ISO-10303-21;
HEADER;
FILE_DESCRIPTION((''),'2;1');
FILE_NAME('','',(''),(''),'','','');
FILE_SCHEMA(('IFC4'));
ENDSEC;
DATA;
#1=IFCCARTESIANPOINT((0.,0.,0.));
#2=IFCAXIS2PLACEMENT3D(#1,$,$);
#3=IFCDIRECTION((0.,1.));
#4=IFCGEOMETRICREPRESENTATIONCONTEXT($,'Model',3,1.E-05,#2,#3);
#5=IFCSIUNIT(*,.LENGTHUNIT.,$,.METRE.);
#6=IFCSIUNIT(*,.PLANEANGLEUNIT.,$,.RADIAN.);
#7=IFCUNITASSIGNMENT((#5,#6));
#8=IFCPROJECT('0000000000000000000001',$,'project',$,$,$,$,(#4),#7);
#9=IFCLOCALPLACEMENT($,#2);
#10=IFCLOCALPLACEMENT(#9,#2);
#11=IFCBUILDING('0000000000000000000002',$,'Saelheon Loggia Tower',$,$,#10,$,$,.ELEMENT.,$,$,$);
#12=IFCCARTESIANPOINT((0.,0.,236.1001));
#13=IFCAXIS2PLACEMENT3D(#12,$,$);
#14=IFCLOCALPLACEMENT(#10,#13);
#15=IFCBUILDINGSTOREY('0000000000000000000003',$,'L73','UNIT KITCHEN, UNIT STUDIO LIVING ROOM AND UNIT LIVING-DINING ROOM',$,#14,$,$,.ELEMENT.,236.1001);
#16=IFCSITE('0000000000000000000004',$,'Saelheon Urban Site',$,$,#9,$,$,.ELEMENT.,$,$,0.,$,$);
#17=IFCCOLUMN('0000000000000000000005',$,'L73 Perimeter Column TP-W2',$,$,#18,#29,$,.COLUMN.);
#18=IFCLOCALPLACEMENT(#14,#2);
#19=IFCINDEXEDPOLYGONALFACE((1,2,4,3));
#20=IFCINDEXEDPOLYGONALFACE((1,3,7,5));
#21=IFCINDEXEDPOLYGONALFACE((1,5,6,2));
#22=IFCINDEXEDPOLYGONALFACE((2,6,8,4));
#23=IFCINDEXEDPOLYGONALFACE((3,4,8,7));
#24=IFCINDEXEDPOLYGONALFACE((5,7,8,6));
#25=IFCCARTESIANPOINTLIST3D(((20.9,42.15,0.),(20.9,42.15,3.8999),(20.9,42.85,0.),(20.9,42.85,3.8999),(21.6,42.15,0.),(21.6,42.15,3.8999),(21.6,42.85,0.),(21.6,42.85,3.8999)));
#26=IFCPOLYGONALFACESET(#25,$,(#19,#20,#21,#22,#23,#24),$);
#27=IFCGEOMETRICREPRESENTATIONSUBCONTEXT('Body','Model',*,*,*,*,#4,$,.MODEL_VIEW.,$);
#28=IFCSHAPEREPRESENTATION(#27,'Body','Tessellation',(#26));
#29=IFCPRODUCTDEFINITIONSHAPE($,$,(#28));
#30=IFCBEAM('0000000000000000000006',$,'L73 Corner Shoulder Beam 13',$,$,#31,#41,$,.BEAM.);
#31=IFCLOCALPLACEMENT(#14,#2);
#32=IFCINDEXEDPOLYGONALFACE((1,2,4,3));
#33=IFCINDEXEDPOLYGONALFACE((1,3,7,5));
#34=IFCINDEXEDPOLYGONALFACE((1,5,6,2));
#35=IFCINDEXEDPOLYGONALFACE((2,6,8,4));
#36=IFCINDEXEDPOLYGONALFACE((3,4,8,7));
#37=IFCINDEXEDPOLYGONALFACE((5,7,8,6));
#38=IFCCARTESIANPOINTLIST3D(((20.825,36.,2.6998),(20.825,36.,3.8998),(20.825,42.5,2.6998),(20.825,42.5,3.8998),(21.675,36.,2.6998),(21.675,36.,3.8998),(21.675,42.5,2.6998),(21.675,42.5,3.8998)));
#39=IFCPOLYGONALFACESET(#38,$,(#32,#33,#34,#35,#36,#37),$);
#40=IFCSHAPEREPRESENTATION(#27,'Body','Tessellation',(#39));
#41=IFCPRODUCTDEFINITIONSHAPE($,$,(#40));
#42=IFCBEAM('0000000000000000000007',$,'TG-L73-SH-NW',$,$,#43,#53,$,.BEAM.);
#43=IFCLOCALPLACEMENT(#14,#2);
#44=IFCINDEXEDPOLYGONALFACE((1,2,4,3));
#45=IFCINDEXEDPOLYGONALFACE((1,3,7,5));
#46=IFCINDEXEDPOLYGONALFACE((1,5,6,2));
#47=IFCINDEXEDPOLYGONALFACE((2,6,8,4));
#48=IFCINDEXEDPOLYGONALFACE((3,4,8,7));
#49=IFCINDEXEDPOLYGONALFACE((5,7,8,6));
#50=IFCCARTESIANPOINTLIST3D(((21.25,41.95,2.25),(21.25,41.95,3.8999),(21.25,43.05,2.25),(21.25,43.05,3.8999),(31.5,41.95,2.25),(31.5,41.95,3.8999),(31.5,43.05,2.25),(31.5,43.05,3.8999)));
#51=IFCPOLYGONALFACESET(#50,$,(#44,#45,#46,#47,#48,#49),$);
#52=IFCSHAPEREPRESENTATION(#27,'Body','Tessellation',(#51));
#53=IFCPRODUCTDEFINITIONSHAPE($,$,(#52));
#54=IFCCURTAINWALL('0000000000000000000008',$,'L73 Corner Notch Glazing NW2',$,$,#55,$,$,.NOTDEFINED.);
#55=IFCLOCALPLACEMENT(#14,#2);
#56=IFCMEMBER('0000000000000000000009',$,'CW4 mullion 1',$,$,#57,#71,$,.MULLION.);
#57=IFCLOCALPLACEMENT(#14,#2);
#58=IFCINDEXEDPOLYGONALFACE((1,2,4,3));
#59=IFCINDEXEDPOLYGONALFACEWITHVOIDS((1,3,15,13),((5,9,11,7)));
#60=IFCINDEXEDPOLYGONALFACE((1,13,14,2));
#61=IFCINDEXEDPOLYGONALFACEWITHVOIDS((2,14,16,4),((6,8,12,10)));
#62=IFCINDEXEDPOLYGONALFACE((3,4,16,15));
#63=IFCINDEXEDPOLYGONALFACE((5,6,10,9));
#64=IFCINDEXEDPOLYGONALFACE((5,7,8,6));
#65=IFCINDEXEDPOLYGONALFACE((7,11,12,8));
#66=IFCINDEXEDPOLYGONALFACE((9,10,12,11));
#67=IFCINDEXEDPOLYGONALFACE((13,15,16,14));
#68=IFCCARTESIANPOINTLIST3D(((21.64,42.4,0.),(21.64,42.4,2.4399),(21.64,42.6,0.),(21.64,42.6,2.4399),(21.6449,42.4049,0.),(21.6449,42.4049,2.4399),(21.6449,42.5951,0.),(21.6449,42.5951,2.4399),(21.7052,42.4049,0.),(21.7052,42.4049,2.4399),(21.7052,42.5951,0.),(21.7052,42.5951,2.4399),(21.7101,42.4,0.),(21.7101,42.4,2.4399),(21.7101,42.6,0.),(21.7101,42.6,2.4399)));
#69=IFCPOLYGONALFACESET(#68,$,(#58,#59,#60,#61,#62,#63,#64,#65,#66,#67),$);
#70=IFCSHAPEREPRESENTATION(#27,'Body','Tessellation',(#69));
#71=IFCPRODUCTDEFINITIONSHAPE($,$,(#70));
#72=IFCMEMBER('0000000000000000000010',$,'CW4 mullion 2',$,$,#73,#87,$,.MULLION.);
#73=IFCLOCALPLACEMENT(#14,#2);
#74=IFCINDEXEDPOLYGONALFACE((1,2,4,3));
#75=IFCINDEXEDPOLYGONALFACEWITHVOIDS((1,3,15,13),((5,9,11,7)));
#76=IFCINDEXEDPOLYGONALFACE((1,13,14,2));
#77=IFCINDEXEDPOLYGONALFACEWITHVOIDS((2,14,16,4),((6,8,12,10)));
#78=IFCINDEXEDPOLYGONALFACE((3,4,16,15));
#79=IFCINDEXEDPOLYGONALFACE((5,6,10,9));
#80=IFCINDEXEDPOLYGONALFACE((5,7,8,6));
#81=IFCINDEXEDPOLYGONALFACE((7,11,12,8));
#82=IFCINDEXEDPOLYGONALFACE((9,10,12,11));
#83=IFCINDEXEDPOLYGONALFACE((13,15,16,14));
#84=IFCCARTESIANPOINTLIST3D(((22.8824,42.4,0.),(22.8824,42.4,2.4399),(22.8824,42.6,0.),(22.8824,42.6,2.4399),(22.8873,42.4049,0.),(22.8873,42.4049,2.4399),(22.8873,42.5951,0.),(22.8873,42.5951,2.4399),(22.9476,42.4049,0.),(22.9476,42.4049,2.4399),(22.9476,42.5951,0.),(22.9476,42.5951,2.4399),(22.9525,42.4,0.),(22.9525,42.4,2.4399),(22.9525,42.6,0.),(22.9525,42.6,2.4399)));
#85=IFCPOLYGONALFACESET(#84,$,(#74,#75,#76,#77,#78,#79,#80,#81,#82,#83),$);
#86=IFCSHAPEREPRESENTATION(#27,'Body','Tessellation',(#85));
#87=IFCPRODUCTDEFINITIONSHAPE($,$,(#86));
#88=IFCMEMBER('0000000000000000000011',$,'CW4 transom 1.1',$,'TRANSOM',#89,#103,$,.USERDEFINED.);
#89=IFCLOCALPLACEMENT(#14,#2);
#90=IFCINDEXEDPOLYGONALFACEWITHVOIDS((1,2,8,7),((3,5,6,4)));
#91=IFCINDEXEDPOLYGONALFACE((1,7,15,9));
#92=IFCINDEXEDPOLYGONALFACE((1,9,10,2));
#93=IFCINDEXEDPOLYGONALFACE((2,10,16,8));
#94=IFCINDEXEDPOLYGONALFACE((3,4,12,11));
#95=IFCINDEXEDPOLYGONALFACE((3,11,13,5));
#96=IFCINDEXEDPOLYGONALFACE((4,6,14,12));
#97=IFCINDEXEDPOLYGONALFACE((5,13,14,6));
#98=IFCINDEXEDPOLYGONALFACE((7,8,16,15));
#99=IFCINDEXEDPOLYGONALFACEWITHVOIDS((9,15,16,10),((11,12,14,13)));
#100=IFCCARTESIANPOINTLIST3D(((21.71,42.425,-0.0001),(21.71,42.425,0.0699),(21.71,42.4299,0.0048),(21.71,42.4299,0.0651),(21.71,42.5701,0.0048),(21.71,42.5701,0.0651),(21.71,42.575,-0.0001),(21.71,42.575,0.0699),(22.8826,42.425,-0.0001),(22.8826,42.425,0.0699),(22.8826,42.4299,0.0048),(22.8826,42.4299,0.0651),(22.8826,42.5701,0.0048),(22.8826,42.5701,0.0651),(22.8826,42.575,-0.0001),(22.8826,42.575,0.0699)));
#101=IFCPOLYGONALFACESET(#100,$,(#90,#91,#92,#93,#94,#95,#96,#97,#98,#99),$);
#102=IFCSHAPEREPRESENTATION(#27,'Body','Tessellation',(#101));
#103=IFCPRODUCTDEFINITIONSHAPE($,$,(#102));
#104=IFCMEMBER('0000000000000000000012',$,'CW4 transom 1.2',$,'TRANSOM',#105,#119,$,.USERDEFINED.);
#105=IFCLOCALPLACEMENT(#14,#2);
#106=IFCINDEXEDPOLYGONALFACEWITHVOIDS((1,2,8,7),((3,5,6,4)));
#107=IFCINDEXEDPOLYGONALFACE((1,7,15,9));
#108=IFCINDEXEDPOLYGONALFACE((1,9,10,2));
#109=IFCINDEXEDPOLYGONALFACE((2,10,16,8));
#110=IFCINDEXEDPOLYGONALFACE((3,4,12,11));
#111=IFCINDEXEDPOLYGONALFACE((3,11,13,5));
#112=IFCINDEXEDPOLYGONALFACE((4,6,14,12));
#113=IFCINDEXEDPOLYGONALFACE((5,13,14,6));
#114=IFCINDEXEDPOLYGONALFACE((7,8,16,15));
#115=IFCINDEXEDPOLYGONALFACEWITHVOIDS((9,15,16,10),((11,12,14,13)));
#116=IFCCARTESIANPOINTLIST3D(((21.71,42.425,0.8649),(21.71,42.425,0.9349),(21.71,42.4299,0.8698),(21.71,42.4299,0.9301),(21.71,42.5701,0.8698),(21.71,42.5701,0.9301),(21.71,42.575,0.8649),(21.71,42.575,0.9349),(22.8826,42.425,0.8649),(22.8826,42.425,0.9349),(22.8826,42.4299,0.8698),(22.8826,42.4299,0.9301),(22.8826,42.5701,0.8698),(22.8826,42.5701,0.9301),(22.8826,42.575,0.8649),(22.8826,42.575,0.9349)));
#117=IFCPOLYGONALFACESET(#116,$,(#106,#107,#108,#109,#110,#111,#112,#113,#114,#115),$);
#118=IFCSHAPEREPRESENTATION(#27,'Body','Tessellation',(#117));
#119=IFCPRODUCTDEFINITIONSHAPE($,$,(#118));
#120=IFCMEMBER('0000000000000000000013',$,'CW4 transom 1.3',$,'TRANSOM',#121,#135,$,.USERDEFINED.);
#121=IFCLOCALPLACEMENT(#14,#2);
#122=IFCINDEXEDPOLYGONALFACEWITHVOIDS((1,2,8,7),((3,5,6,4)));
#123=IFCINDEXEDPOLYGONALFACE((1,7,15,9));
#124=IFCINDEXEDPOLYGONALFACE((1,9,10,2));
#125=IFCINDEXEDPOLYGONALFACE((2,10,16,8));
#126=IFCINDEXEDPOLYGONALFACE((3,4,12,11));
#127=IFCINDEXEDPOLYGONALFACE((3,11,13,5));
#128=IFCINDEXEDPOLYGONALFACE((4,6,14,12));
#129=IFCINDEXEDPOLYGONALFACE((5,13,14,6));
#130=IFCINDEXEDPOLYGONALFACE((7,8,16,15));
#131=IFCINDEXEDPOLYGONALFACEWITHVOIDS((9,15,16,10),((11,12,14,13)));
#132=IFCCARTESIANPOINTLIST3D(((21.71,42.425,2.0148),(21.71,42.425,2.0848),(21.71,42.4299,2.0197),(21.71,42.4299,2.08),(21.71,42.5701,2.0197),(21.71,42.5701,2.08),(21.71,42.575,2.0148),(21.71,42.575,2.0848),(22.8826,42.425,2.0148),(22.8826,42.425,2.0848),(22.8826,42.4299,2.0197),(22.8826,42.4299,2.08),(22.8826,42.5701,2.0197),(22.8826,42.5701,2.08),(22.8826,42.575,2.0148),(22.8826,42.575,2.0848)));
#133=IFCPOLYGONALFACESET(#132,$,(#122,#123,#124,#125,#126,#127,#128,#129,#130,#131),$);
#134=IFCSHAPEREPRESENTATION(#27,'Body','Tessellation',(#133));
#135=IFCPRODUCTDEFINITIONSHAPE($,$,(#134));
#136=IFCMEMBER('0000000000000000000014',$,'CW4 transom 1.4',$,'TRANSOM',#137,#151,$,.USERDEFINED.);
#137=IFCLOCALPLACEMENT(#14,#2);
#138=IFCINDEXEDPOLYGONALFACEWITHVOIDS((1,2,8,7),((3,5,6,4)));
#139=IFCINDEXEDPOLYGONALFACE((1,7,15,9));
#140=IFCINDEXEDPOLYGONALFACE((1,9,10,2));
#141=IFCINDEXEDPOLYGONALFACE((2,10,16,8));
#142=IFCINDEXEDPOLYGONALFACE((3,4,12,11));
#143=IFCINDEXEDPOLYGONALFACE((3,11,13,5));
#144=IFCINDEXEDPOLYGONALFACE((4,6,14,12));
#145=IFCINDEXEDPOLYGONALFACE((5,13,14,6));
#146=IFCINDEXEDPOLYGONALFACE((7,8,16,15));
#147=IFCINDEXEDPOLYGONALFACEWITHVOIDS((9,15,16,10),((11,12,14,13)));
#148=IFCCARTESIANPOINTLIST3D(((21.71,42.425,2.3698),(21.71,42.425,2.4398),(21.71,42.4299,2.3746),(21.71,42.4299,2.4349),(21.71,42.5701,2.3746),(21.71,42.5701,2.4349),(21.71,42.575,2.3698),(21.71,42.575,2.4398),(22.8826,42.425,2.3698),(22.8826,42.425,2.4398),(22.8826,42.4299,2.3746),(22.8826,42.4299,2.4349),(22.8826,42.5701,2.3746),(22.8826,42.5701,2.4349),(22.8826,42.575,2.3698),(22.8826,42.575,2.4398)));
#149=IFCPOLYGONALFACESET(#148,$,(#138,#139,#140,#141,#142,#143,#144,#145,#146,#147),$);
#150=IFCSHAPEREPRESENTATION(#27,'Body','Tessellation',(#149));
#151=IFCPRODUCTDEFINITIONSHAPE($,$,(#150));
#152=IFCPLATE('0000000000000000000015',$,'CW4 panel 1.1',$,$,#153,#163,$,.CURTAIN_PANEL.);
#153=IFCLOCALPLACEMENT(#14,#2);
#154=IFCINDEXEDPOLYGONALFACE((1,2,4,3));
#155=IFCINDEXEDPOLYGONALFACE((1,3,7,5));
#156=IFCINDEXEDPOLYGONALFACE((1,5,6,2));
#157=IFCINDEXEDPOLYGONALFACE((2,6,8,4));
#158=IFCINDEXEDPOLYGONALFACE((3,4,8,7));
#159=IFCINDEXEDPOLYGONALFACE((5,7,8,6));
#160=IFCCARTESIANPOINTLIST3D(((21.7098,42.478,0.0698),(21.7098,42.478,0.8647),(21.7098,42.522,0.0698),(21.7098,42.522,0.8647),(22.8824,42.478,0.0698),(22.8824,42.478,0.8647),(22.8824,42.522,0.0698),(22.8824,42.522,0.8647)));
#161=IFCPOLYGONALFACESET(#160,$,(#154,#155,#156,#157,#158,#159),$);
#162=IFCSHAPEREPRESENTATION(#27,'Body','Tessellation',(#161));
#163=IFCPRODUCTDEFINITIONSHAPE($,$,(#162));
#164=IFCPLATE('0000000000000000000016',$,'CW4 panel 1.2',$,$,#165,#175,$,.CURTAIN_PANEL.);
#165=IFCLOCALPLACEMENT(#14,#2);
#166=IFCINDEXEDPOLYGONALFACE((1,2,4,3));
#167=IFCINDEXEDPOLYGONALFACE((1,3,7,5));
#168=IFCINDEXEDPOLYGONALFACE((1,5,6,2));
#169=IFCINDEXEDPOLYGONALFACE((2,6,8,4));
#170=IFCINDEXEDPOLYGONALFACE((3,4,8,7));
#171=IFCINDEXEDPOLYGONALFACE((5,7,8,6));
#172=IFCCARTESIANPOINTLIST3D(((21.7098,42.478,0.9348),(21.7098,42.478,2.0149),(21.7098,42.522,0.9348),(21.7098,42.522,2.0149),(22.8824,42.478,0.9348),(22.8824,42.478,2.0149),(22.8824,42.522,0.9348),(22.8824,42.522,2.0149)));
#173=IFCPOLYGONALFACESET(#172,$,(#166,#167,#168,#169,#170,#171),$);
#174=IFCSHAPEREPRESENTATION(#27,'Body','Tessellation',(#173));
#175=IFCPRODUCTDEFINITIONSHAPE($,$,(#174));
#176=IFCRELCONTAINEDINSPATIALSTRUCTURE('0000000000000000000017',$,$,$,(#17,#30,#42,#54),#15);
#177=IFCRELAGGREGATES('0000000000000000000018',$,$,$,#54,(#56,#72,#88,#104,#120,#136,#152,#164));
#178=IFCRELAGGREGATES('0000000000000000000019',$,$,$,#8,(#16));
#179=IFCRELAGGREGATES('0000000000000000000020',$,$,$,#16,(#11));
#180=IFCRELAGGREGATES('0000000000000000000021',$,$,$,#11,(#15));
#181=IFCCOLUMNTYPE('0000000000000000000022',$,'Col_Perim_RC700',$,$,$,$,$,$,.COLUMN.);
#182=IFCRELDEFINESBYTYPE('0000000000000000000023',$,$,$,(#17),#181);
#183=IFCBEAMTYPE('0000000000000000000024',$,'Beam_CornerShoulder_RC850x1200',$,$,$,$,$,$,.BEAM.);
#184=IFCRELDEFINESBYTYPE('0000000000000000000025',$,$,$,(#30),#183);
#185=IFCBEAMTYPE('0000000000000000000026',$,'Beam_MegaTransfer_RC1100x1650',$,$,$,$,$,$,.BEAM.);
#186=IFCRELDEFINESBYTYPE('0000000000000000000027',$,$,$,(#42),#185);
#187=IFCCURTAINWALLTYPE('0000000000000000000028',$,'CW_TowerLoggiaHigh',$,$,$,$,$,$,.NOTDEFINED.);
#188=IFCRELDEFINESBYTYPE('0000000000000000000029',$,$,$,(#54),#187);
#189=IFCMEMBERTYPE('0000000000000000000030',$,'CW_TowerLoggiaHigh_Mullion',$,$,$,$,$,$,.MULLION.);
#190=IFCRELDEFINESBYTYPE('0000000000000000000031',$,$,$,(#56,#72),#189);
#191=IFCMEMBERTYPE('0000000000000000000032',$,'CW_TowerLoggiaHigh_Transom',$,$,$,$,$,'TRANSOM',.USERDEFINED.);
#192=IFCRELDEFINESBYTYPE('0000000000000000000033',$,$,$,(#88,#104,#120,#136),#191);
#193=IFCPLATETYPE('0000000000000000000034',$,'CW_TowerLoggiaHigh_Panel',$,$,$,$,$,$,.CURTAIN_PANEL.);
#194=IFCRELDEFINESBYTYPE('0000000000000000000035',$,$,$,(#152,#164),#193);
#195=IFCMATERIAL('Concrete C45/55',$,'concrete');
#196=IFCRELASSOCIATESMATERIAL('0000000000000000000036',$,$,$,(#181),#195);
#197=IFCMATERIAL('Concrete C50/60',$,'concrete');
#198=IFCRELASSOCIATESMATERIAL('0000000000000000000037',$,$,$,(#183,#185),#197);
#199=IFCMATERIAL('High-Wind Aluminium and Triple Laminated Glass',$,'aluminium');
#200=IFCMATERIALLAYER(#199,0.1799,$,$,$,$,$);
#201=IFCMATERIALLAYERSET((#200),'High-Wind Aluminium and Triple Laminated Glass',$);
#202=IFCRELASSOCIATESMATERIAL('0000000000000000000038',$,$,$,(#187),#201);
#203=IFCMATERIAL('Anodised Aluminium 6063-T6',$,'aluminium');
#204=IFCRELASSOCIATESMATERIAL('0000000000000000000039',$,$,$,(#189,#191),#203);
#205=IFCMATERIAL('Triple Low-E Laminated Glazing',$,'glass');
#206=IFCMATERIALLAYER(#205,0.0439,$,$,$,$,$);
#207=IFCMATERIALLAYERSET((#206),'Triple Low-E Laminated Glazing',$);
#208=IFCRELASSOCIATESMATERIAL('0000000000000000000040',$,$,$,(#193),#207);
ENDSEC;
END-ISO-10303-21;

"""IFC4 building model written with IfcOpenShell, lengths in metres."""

from ifc_helpers import new_model, si_unit, direction, frame, origin, origin_2d, place, context, subcontext, project, spatial, rectangle, hollow_rectangle, extrude, source, transform, mapped, material, layer, layer_set, material_profile, profile_set, type_object, element, aggregate, save


model = new_model("IFC4")

# Units and contexts
model_context = context("Model", 3, precision=1e-05, world=origin(), true_north=direction((0.0, 1.0)))
body_context = subcontext(model_context, "Body", "Model", "MODEL_VIEW")
ifc_project = project(units=[si_unit("LENGTHUNIT", "METRE"), si_unit("PLANEANGLEUNIT", "RADIAN")], contexts=[model_context])

# Site, building, storey
site_placement = place(None, origin())
site = spatial("IfcSite", under=ifc_project, at=site_placement, Name="Saelheon Urban Site", CompositionType="ELEMENT", RefElevation=0.0)
building_placement = place(site_placement, origin())
building = spatial("IfcBuilding", under=site, at=building_placement, Name="Saelheon Loggia Tower", CompositionType="ELEMENT")
storey_placement = place(building_placement, frame((0.0, 0.0, 236.1001)))
storey = spatial("IfcBuildingStorey", under=building, at=storey_placement, Name="L73", Description="UNIT KITCHEN, UNIT STUDIO LIVING ROOM AND UNIT LIVING-DINING ROOM", CompositionType="ELEMENT", Elevation=236.1001)

# Column
ifc_material_1 = material(Name="Concrete C45/55", Category="concrete")
ifc_material_profile_1 = material_profile(ifc_material_1, rectangle(XDim=0.7, YDim=0.7, at=origin_2d()), Name="RC-700x700")
ifc_profile_set_1 = profile_set([ifc_material_profile_1], Name="Concrete C45/55")
column_type = type_object("IfcColumnType", Name="Col_Perim_RC700", PredefinedType="COLUMN", material=ifc_profile_set_1)
shared_shape_1 = source(origin(), body_context, "Body", "SweptSolid", [
    extrude(rectangle(XDim=0.7, YDim=0.7, at=origin_2d()), origin(), (0.0, 0.0, 1.0), 3.8999),
])
column_placement = place(storey_placement, frame((21.25, 42.5, 0.0), z_axis=(0.0, 0.0, 1.0), x_axis=(1.0, 0.0, 0.0)))
element("IfcColumn", 1, at=column_placement, inside=storey, type_object=column_type, Name="L73 Perimeter Column TP-W2", PredefinedType="COLUMN", context=body_context, shape_type="MappedRepresentation", body=[
    mapped(shared_shape_1, transform((0.0, 0.0, 0.0), scale=1.0)),
])

# Beams
ifc_material_2 = material(Name="Concrete C50/60", Category="concrete")
ifc_material_profile_2 = material_profile(ifc_material_2, rectangle(XDim=0.8501, YDim=1.2, at=origin_2d()), Name="RC-850x1200")
ifc_profile_set_2 = profile_set([ifc_material_profile_2], Name="Concrete C50/60")
beam_type_1 = type_object("IfcBeamType", Name="Beam_CornerShoulder_RC850x1200", PredefinedType="BEAM", material=ifc_profile_set_2)
shared_shape_2 = source(origin(), body_context, "Body", "SweptSolid", [
    extrude(rectangle(XDim=0.8501, YDim=1.2, at=origin_2d()), origin(), (0.0, 0.0, 1.0), 6.5),
])
beam_1_placement = place(storey_placement, frame((21.25, 42.5, 3.2998), z_axis=(0.0, -1.0, 0.0), x_axis=(1.0, 0.0, 0.0)))
element("IfcBeam", 2, at=beam_1_placement, inside=storey, type_object=beam_type_1, Name="L73 Corner Shoulder Beam 13", PredefinedType="BEAM", context=body_context, shape_type="MappedRepresentation", body=[
    mapped(shared_shape_2, transform((0.0, 0.0, 0.0), scale=1.0)),
])
ifc_material_profile_3 = material_profile(ifc_material_2, rectangle(XDim=1.1001, YDim=1.6499, at=origin_2d()), Name="RC-1100x1650")
ifc_profile_set_3 = profile_set([ifc_material_profile_3], Name="Concrete C50/60")
beam_type_2 = type_object("IfcBeamType", Name="Beam_MegaTransfer_RC1100x1650", PredefinedType="BEAM", material=ifc_profile_set_3)
shared_shape_3 = source(origin(), body_context, "Body", "SweptSolid", [
    extrude(rectangle(XDim=1.1001, YDim=1.6499, at=origin_2d()), origin(), (0.0, 0.0, 1.0), 10.25),
])
beam_2_placement = place(storey_placement, frame((21.25, 42.5, 3.075), z_axis=(1.0, 0.0, 0.0), x_axis=(0.0, 1.0, 0.0)))
element("IfcBeam", 3, at=beam_2_placement, inside=storey, type_object=beam_type_2, Name="TG-L73-SH-NW", PredefinedType="BEAM", context=body_context, shape_type="MappedRepresentation", body=[
    mapped(shared_shape_3, transform((0.0, 0.0, 0.0), scale=1.0)),
])

# Curtain wall, members, plates
ifc_material_3 = material(Name="High-Wind Aluminium and Triple Laminated Glass", Category="aluminium")
ifc_layer_1 = layer(ifc_material_3, 0.1799)
ifc_layer_set_1 = layer_set([ifc_layer_1], Name="High-Wind Aluminium and Triple Laminated Glass")
curtain_wall_type = type_object("IfcCurtainWallType", Name="CW_TowerLoggiaHigh", PredefinedType="NOTDEFINED", material=ifc_layer_set_1)
curtain_wall_placement = place(storey_placement, origin())
curtain_wall = element("IfcCurtainWall", 4, at=curtain_wall_placement, inside=storey, type_object=curtain_wall_type, Name="L73 Corner Notch Glazing NW2", PredefinedType="NOTDEFINED")
ifc_material_4 = material(Name="Anodised Aluminium 6063-T6", Category="aluminium")
ifc_material_profile_4 = material_profile(ifc_material_4, hollow_rectangle(XDim=0.0701, YDim=0.2, WallThickness=0.0049, at=origin_2d()), Name="RHS-200x70x5")
ifc_profile_set_4 = profile_set([ifc_material_profile_4], Name="Anodised Aluminium 6063-T6")
member_type_1 = type_object("IfcMemberType", Name="CW_TowerLoggiaHigh_Mullion", PredefinedType="MULLION", material=ifc_profile_set_4)
shared_shape_4 = source(origin(), body_context, "Body", "SweptSolid", [
    extrude(hollow_rectangle(XDim=0.0701, YDim=0.2, WallThickness=0.0049, at=origin_2d()), origin(), (0.0, 0.0, 1.0), 2.4399),
])
member_1_placement = place(storey_placement, frame((21.675, 42.5, 0.0), z_axis=(0.0, 0.0, 1.0), x_axis=(1.0, 0.0, 0.0)))
member_1 = element("IfcMember", 5, at=member_1_placement, type_object=member_type_1, Name="CW4 mullion 1", PredefinedType="MULLION", context=body_context, shape_type="MappedRepresentation", body=[
    mapped(shared_shape_4, transform((0.0, 0.0, 0.0), scale=1.0)),
])
member_2_placement = place(storey_placement, frame((22.9175, 42.5, 0.0), z_axis=(0.0, 0.0, 1.0), x_axis=(1.0, 0.0, 0.0)))
member_2 = element("IfcMember", 6, at=member_2_placement, type_object=member_type_1, Name="CW4 mullion 2", PredefinedType="MULLION", context=body_context, shape_type="MappedRepresentation", body=[
    mapped(shared_shape_4, transform((0.0, 0.0, 0.0), scale=1.0)),
])
ifc_material_profile_5 = material_profile(ifc_material_4, hollow_rectangle(XDim=0.0701, YDim=0.1499, WallThickness=0.0049, at=origin_2d()), Name="RHS-150x70x5")
ifc_profile_set_5 = profile_set([ifc_material_profile_5], Name="Anodised Aluminium 6063-T6")
member_type_2 = type_object("IfcMemberType", Name="CW_TowerLoggiaHigh_Transom", ElementType="TRANSOM", PredefinedType="USERDEFINED", material=ifc_profile_set_5)
shared_shape_5 = source(origin(), body_context, "Body", "SweptSolid", [
    extrude(hollow_rectangle(XDim=0.0701, YDim=0.1499, WallThickness=0.0049, at=origin_2d()), origin(), (0.0, 0.0, 1.0), 1.1726),
])
member_3_placement = place(storey_placement, frame((21.71, 42.5, 0.0349), z_axis=(1.0, 0.0, 0.0), x_axis=(0.0, 0.0, 1.0)))
member_3 = element("IfcMember", 7, at=member_3_placement, type_object=member_type_2, Name="CW4 transom 1.1", ObjectType="TRANSOM", PredefinedType="USERDEFINED", context=body_context, shape_type="MappedRepresentation", body=[
    mapped(shared_shape_5, transform((0.0, 0.0, 0.0), scale=1.0)),
])
member_4_placement = place(storey_placement, frame((21.71, 42.5, 0.8999), z_axis=(1.0, 0.0, 0.0), x_axis=(0.0, 0.0, 1.0)))
member_4 = element("IfcMember", 8, at=member_4_placement, type_object=member_type_2, Name="CW4 transom 1.2", ObjectType="TRANSOM", PredefinedType="USERDEFINED", context=body_context, shape_type="MappedRepresentation", body=[
    mapped(shared_shape_5, transform((0.0, 0.0, 0.0), scale=1.0)),
])
member_5_placement = place(storey_placement, frame((21.71, 42.5, 2.0498), z_axis=(1.0, 0.0, 0.0), x_axis=(0.0, 0.0, 1.0)))
member_5 = element("IfcMember", 9, at=member_5_placement, type_object=member_type_2, Name="CW4 transom 1.3", ObjectType="TRANSOM", PredefinedType="USERDEFINED", context=body_context, shape_type="MappedRepresentation", body=[
    mapped(shared_shape_5, transform((0.0, 0.0, 0.0), scale=1.0)),
])
member_6_placement = place(storey_placement, frame((21.71, 42.5, 2.4048), z_axis=(1.0, 0.0, 0.0), x_axis=(0.0, 0.0, 1.0)))
member_6 = element("IfcMember", 10, at=member_6_placement, type_object=member_type_2, Name="CW4 transom 1.4", ObjectType="TRANSOM", PredefinedType="USERDEFINED", context=body_context, shape_type="MappedRepresentation", body=[
    mapped(shared_shape_5, transform((0.0, 0.0, 0.0), scale=1.0)),
])
ifc_material_5 = material(Name="Triple Low-E Laminated Glazing", Category="glass")
ifc_layer_2 = layer(ifc_material_5, 0.0439)
ifc_layer_set_2 = layer_set([ifc_layer_2], Name="Triple Low-E Laminated Glazing")
plate_type = type_object("IfcPlateType", Name="CW_TowerLoggiaHigh_Panel", PredefinedType="CURTAIN_PANEL", material=ifc_layer_set_2)
shared_shape_6 = source(origin(), body_context, "Body", "SweptSolid", [
    extrude(rectangle(XDim=1.1726, YDim=0.0439, at=origin_2d()), origin(), (0.0, 0.0, 1.0), 0.7949),
])
plate_1_placement = place(storey_placement, frame((22.2961, 42.5, 0.0698), z_axis=(0.0, 0.0, 1.0), x_axis=(1.0, 0.0, 0.0)))
plate_1 = element("IfcPlate", 11, at=plate_1_placement, type_object=plate_type, Name="CW4 panel 1.1", PredefinedType="CURTAIN_PANEL", context=body_context, shape_type="MappedRepresentation", body=[
    mapped(shared_shape_6, transform((0.0, 0.0, 0.0), scale=1.0)),
])
shared_shape_7 = source(origin(), body_context, "Body", "SweptSolid", [
    extrude(rectangle(XDim=1.1726, YDim=0.0439, at=origin_2d()), origin(), (0.0, 0.0, 1.0), 1.0801),
])
plate_2_placement = place(storey_placement, frame((22.2961, 42.5, 0.9348), z_axis=(0.0, 0.0, 1.0), x_axis=(1.0, 0.0, 0.0)))
plate_2 = element("IfcPlate", 12, at=plate_2_placement, type_object=plate_type, Name="CW4 panel 1.2", PredefinedType="CURTAIN_PANEL", context=body_context, shape_type="MappedRepresentation", body=[
    mapped(shared_shape_7, transform((0.0, 0.0, 0.0), scale=1.0)),
])
aggregate(curtain_wall, [member_1, member_2, member_3, member_4, member_5, member_6, plate_1, plate_2])

save(model, "model.ifc")
